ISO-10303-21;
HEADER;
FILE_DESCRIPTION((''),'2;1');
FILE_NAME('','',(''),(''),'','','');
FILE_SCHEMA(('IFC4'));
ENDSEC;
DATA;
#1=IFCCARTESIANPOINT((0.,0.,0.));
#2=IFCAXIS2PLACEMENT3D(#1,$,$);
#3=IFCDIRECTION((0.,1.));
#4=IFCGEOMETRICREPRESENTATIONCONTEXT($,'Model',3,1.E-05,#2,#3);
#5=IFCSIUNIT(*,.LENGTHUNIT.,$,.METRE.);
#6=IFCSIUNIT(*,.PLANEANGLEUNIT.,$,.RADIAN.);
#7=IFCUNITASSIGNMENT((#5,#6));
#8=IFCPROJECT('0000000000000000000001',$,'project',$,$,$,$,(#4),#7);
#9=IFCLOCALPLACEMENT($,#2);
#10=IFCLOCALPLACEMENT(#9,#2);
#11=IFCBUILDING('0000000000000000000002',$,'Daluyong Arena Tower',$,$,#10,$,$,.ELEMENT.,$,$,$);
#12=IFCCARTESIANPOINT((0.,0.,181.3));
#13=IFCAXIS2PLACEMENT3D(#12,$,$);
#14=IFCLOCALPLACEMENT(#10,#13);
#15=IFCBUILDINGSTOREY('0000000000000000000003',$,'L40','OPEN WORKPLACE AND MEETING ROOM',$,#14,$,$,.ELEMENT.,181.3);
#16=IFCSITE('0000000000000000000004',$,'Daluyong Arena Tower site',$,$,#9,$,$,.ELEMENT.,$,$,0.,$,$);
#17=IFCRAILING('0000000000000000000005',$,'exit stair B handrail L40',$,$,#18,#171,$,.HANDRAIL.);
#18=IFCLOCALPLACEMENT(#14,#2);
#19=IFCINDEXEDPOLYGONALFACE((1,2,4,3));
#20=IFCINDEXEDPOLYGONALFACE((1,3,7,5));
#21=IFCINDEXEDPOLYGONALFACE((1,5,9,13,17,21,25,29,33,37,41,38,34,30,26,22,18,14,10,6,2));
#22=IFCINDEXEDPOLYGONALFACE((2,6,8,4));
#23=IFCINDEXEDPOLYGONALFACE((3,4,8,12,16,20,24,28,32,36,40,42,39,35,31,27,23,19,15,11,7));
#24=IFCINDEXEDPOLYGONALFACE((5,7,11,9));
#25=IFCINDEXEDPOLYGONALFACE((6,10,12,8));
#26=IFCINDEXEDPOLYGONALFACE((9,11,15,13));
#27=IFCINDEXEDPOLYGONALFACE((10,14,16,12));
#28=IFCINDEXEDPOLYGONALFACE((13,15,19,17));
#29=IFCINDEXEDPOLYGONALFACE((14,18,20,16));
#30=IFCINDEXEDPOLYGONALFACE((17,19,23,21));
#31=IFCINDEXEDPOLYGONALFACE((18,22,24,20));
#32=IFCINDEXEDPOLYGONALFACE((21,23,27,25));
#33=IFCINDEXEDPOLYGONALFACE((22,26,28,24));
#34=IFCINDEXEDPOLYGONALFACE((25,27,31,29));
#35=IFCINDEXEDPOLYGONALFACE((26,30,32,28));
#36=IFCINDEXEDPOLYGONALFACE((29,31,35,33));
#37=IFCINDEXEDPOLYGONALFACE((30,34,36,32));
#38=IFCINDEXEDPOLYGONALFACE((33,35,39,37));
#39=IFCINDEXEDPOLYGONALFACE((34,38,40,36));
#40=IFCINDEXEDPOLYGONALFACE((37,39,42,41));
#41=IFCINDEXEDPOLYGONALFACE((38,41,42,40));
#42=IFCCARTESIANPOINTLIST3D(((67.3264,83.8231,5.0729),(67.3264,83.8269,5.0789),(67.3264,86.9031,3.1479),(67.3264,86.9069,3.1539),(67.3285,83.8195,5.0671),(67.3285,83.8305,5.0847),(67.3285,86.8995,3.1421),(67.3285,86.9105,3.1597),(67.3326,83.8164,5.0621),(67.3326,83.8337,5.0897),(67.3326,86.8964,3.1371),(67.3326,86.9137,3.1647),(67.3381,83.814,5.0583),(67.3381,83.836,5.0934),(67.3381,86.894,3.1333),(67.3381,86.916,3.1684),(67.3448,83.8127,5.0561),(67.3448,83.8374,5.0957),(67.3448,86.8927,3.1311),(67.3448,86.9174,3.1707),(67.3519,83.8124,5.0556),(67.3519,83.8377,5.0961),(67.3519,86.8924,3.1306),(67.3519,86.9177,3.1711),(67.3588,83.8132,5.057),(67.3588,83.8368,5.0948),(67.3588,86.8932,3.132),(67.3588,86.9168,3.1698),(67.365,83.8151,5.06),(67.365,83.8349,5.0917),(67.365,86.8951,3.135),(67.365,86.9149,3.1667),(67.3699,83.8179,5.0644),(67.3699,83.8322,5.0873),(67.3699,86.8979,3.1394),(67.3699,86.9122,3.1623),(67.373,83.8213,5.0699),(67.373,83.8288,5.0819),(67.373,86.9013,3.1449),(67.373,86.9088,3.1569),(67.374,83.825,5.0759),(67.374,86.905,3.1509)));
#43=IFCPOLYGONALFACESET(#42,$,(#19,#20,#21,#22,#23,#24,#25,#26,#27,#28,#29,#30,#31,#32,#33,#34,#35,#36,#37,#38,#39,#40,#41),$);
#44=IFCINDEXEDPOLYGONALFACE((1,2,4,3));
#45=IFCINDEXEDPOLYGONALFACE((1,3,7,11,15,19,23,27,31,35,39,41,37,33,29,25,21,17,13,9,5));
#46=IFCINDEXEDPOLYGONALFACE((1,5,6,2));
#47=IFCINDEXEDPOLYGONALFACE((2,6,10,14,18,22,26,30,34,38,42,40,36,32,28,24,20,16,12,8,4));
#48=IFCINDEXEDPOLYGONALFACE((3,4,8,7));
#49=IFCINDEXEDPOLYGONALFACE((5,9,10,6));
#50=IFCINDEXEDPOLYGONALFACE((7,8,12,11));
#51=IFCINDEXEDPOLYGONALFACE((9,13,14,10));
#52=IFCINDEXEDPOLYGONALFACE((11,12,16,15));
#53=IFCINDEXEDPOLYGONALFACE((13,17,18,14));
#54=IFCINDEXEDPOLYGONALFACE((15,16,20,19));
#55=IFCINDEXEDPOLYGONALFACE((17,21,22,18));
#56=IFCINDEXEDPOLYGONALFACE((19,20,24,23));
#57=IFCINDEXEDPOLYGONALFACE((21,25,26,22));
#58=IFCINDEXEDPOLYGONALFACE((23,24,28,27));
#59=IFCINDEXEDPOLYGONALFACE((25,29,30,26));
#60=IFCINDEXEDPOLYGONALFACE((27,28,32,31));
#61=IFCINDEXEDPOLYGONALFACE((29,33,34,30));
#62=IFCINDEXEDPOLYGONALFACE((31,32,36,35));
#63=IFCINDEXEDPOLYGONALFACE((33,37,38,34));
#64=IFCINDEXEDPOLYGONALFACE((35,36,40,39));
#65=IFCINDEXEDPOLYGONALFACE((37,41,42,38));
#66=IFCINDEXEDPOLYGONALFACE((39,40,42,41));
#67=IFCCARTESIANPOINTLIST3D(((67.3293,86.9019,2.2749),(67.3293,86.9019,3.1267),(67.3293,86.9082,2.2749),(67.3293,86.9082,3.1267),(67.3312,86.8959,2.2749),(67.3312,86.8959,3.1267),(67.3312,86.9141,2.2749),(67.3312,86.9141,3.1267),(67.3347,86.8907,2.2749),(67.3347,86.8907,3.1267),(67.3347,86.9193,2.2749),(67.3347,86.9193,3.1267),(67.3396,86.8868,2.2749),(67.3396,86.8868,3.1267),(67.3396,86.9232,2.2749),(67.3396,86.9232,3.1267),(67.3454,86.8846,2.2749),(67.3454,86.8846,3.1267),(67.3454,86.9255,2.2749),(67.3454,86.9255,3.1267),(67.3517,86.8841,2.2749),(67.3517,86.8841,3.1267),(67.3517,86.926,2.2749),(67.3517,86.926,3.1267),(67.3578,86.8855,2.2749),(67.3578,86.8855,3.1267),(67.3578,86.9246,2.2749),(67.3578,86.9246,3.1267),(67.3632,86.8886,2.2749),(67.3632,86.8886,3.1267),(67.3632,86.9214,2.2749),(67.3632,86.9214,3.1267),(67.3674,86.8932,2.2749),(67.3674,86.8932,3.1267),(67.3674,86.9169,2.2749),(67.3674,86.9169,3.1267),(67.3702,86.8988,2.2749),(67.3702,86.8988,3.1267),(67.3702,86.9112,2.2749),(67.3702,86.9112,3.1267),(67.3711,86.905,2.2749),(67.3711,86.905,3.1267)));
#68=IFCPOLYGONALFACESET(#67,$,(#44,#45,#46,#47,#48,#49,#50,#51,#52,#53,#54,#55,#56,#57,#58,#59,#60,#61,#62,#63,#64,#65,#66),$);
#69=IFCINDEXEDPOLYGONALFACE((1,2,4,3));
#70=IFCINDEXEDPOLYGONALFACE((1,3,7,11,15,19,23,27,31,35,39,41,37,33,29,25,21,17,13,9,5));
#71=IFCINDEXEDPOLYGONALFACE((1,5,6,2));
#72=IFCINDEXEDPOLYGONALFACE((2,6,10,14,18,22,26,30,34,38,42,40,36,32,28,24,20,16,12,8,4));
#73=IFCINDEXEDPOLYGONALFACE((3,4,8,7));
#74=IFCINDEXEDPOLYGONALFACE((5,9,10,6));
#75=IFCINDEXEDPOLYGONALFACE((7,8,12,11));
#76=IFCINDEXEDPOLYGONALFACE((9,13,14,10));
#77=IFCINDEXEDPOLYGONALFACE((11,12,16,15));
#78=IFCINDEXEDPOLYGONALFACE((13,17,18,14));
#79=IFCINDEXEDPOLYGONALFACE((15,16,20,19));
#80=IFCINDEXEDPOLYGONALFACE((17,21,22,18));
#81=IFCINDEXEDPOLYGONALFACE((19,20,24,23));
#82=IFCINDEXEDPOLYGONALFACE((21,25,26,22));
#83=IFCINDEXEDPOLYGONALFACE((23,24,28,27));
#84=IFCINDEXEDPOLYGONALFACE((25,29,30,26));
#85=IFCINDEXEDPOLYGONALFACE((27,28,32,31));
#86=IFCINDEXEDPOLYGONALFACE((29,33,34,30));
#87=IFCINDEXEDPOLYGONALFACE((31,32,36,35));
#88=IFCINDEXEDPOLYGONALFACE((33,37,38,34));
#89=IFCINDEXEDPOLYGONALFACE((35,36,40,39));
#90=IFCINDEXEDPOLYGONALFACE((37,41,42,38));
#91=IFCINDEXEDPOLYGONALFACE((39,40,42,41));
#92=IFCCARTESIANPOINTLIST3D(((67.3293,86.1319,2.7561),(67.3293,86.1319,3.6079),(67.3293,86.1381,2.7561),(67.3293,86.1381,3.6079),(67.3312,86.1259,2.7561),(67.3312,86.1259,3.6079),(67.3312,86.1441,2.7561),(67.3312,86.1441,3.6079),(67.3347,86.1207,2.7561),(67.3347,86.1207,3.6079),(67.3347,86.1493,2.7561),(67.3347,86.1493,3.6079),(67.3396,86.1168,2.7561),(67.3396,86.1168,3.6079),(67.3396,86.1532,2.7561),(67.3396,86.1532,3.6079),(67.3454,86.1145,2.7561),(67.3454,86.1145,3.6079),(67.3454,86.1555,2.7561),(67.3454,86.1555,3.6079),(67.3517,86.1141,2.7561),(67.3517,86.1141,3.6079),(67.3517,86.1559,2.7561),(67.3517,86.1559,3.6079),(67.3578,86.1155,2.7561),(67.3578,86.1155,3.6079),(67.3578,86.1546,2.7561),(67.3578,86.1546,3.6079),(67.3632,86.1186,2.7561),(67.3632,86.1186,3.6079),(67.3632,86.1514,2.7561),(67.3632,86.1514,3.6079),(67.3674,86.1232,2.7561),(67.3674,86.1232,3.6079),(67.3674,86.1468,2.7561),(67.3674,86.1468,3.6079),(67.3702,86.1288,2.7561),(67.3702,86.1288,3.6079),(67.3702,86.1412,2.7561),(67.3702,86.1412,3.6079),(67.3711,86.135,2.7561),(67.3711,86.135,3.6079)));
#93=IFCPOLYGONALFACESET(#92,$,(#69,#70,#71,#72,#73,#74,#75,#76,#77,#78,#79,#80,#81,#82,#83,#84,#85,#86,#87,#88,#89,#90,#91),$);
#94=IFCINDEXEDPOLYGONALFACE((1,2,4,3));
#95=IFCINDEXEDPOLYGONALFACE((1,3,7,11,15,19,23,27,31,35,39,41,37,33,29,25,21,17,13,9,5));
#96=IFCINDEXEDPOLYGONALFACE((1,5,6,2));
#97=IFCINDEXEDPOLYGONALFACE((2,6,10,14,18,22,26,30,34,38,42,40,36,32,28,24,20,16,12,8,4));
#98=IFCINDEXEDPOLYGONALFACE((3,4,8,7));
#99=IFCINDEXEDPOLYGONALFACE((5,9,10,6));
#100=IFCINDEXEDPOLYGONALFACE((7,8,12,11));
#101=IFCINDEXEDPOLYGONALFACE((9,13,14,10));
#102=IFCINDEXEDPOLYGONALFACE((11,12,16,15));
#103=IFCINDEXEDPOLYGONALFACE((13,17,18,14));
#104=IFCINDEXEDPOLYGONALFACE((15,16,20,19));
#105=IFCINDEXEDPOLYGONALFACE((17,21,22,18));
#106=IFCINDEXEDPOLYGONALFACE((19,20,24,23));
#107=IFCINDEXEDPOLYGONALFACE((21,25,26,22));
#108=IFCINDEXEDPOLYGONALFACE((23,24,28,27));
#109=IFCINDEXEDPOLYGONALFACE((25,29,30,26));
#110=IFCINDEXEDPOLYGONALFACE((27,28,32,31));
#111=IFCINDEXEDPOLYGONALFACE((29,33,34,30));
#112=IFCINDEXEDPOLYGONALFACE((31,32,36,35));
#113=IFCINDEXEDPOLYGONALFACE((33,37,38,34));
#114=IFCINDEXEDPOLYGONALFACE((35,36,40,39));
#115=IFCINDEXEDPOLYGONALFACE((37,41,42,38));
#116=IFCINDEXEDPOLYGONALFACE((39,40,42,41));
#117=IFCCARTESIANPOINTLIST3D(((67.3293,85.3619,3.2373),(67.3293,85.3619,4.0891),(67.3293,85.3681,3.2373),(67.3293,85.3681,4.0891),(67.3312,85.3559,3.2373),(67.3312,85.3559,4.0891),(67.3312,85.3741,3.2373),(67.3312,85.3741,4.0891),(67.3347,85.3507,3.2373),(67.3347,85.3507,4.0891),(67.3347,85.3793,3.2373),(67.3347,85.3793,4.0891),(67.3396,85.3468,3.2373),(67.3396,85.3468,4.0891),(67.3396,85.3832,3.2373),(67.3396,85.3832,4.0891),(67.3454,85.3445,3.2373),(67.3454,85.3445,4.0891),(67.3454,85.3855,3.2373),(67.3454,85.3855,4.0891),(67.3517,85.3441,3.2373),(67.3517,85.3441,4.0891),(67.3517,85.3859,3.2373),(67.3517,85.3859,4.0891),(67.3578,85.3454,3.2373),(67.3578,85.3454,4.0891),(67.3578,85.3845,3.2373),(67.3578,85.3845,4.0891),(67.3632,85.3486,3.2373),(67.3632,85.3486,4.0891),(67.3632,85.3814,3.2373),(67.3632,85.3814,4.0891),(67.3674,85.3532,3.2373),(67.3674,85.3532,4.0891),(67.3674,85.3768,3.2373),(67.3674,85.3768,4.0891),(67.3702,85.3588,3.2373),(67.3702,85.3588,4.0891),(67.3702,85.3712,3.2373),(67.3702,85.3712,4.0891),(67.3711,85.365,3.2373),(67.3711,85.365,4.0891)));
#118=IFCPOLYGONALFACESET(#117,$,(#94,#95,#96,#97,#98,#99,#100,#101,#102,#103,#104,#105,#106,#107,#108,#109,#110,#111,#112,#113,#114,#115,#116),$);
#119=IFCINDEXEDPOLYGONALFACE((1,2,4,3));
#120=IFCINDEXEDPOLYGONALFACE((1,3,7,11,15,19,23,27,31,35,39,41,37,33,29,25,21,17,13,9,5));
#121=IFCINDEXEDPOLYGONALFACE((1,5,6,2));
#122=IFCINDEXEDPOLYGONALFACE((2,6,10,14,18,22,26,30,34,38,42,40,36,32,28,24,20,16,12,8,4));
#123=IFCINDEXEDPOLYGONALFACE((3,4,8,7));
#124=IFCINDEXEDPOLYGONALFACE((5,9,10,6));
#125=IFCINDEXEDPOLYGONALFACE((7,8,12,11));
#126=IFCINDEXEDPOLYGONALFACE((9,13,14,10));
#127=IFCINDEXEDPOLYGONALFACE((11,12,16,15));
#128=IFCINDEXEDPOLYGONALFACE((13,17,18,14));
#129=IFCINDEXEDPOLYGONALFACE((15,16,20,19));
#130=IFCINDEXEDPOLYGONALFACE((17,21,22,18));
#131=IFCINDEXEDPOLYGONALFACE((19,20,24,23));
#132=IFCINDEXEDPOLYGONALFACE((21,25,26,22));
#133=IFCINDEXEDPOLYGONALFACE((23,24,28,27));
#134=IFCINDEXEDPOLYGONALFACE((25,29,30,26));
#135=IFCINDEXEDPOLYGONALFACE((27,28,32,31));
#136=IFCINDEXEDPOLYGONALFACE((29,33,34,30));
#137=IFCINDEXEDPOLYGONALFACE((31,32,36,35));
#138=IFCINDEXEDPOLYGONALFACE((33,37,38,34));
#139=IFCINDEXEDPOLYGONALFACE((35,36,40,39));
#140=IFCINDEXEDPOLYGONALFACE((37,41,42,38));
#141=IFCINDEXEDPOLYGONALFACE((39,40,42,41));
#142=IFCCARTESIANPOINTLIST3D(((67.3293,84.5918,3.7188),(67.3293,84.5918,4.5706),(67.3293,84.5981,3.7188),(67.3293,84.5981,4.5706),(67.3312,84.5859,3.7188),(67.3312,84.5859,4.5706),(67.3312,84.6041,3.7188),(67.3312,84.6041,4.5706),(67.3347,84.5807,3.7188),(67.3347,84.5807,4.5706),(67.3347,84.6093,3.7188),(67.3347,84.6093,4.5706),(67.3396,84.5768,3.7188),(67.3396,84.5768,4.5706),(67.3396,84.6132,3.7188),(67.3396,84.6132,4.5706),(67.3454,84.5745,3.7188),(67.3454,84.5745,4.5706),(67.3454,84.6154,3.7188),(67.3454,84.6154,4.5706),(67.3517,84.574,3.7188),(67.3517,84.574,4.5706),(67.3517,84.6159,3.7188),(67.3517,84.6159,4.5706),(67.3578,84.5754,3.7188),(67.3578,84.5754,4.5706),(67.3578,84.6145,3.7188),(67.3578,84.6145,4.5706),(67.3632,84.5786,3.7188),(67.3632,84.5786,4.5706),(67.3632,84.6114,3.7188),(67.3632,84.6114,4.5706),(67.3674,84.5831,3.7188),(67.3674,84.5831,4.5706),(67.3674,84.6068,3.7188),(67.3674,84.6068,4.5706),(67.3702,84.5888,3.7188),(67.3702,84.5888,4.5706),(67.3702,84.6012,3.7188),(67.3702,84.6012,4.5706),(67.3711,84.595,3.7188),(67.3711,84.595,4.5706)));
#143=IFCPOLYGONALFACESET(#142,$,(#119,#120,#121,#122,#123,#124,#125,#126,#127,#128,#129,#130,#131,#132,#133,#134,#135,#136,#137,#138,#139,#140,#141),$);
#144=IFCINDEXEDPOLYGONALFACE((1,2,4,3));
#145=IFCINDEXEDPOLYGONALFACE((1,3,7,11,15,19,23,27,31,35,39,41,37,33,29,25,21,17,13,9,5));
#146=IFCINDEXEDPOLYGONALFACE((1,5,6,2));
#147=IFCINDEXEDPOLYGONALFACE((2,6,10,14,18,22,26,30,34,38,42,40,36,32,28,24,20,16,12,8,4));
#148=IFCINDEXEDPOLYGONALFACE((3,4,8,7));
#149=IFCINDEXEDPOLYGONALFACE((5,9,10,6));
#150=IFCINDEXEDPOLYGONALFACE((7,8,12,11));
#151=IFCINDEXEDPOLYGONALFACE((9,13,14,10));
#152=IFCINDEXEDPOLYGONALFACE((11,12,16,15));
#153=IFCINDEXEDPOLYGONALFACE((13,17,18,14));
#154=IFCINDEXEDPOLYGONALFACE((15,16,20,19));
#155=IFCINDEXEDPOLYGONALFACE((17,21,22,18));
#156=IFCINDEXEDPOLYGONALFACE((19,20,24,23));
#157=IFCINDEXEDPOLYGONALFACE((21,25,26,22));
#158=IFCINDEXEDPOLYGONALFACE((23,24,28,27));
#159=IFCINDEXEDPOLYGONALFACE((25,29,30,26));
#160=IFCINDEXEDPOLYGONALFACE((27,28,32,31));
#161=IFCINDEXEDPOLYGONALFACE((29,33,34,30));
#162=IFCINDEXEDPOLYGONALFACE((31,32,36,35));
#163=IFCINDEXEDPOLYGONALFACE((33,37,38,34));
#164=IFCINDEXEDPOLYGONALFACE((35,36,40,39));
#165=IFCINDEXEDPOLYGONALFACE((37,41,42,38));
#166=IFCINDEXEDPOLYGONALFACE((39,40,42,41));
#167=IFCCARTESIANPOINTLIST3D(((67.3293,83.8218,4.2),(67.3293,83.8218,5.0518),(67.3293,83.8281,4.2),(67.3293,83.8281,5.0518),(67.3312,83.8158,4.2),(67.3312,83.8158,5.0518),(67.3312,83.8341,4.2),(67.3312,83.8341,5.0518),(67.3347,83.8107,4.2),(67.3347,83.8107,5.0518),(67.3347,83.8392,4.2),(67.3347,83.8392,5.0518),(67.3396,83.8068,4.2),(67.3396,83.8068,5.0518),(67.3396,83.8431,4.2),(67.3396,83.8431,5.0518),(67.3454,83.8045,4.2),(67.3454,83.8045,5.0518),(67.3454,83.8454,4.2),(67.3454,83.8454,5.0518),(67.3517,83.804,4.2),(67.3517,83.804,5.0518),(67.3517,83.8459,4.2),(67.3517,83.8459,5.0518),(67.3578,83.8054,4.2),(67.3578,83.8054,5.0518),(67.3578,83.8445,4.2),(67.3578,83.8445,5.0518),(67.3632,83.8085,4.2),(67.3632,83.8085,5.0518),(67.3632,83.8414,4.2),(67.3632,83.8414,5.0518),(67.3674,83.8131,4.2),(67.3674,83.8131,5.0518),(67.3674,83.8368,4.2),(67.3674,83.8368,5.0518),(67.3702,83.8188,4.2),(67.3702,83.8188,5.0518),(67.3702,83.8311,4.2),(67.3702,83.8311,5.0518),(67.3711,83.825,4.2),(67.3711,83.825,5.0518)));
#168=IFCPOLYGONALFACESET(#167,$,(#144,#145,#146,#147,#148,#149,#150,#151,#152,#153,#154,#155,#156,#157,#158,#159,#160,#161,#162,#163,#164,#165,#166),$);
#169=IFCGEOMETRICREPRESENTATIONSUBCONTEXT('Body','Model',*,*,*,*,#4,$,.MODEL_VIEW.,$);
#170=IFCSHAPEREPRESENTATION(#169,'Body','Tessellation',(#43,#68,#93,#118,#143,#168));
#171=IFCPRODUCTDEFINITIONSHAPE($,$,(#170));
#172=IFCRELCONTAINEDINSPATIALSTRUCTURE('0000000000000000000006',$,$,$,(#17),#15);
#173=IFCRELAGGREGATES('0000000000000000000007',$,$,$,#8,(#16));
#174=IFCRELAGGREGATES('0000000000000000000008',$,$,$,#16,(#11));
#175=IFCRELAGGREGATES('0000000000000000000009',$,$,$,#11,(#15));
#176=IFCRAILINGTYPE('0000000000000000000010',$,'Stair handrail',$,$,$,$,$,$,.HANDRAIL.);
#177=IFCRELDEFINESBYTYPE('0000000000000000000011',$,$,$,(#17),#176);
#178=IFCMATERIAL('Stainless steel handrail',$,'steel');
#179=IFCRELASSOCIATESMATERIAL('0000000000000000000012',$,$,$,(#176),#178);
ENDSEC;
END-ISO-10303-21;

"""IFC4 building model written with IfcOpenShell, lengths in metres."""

from ifc_helpers import new_model, si_unit, direction, frame, origin, origin_2d, place, context, subcontext, project, spatial, circle, extrude, material, type_object, element, save


model = new_model("IFC4")

# Units and contexts
model_context = context("Model", 3, precision=1e-05, world=origin(), true_north=direction((0.0, 1.0)))
body_context = subcontext(model_context, "Body", "Model", "MODEL_VIEW")
ifc_project = project(units=[si_unit("LENGTHUNIT", "METRE"), si_unit("PLANEANGLEUNIT", "RADIAN")], contexts=[model_context])

# Site, building, storey
site_placement = place(None, origin())
site = spatial("IfcSite", under=ifc_project, at=site_placement, Name="Daluyong Arena Tower site", CompositionType="ELEMENT", RefElevation=0.0)
building_placement = place(site_placement, origin())
building = spatial("IfcBuilding", under=site, at=building_placement, Name="Daluyong Arena Tower", CompositionType="ELEMENT")
storey_placement = place(building_placement, frame((0.0, 0.0, 181.3)))
storey = spatial("IfcBuildingStorey", under=building, at=storey_placement, Name="L40", Description="OPEN WORKPLACE AND MEETING ROOM", CompositionType="ELEMENT", Elevation=181.3)

# Railing
ifc_material_1 = material(Name="Stainless steel handrail", Category="steel")
railing_type_1 = type_object("IfcRailingType", Name="Stair handrail", PredefinedType="HANDRAIL", material=ifc_material_1)
railing_1_placement = place(storey_placement, frame((67.3501, 86.905, 2.2749)))
element("IfcRailing", 1, at=railing_1_placement, inside=storey, type_object=railing_type_1, Name="exit stair B handrail L40", PredefinedType="HANDRAIL", context=body_context, shape_type="SweptSolid", body=[
    extrude(circle(Radius=0.0239, at=origin_2d()), frame((0.0, 0.0, 0.876), z_axis=(0.0, -0.847998, 0.529999), x_axis=(1.0, 0.0, 0.0)), (0.0, 0.0, 1.0), 3.6321),
    extrude(circle(Radius=0.021, at=origin_2d()), origin(), (0.0, 0.0, 1.0), 0.8518),
    extrude(circle(Radius=0.021, at=origin_2d()), frame((0.0, -0.77, 0.4812)), (0.0, 0.0, 1.0), 0.8518),
    extrude(circle(Radius=0.021, at=origin_2d()), frame((0.0, -1.54, 0.9624)), (0.0, 0.0, 1.0), 0.8518),
    extrude(circle(Radius=0.021, at=origin_2d()), frame((0.0, -2.3101, 1.4438)), (0.0, 0.0, 1.0), 0.8518),
    extrude(circle(Radius=0.021, at=origin_2d()), frame((0.0, -3.0801, 1.925)), (0.0, 0.0, 1.0), 0.8518),
])

save(model, "model.ifc")
